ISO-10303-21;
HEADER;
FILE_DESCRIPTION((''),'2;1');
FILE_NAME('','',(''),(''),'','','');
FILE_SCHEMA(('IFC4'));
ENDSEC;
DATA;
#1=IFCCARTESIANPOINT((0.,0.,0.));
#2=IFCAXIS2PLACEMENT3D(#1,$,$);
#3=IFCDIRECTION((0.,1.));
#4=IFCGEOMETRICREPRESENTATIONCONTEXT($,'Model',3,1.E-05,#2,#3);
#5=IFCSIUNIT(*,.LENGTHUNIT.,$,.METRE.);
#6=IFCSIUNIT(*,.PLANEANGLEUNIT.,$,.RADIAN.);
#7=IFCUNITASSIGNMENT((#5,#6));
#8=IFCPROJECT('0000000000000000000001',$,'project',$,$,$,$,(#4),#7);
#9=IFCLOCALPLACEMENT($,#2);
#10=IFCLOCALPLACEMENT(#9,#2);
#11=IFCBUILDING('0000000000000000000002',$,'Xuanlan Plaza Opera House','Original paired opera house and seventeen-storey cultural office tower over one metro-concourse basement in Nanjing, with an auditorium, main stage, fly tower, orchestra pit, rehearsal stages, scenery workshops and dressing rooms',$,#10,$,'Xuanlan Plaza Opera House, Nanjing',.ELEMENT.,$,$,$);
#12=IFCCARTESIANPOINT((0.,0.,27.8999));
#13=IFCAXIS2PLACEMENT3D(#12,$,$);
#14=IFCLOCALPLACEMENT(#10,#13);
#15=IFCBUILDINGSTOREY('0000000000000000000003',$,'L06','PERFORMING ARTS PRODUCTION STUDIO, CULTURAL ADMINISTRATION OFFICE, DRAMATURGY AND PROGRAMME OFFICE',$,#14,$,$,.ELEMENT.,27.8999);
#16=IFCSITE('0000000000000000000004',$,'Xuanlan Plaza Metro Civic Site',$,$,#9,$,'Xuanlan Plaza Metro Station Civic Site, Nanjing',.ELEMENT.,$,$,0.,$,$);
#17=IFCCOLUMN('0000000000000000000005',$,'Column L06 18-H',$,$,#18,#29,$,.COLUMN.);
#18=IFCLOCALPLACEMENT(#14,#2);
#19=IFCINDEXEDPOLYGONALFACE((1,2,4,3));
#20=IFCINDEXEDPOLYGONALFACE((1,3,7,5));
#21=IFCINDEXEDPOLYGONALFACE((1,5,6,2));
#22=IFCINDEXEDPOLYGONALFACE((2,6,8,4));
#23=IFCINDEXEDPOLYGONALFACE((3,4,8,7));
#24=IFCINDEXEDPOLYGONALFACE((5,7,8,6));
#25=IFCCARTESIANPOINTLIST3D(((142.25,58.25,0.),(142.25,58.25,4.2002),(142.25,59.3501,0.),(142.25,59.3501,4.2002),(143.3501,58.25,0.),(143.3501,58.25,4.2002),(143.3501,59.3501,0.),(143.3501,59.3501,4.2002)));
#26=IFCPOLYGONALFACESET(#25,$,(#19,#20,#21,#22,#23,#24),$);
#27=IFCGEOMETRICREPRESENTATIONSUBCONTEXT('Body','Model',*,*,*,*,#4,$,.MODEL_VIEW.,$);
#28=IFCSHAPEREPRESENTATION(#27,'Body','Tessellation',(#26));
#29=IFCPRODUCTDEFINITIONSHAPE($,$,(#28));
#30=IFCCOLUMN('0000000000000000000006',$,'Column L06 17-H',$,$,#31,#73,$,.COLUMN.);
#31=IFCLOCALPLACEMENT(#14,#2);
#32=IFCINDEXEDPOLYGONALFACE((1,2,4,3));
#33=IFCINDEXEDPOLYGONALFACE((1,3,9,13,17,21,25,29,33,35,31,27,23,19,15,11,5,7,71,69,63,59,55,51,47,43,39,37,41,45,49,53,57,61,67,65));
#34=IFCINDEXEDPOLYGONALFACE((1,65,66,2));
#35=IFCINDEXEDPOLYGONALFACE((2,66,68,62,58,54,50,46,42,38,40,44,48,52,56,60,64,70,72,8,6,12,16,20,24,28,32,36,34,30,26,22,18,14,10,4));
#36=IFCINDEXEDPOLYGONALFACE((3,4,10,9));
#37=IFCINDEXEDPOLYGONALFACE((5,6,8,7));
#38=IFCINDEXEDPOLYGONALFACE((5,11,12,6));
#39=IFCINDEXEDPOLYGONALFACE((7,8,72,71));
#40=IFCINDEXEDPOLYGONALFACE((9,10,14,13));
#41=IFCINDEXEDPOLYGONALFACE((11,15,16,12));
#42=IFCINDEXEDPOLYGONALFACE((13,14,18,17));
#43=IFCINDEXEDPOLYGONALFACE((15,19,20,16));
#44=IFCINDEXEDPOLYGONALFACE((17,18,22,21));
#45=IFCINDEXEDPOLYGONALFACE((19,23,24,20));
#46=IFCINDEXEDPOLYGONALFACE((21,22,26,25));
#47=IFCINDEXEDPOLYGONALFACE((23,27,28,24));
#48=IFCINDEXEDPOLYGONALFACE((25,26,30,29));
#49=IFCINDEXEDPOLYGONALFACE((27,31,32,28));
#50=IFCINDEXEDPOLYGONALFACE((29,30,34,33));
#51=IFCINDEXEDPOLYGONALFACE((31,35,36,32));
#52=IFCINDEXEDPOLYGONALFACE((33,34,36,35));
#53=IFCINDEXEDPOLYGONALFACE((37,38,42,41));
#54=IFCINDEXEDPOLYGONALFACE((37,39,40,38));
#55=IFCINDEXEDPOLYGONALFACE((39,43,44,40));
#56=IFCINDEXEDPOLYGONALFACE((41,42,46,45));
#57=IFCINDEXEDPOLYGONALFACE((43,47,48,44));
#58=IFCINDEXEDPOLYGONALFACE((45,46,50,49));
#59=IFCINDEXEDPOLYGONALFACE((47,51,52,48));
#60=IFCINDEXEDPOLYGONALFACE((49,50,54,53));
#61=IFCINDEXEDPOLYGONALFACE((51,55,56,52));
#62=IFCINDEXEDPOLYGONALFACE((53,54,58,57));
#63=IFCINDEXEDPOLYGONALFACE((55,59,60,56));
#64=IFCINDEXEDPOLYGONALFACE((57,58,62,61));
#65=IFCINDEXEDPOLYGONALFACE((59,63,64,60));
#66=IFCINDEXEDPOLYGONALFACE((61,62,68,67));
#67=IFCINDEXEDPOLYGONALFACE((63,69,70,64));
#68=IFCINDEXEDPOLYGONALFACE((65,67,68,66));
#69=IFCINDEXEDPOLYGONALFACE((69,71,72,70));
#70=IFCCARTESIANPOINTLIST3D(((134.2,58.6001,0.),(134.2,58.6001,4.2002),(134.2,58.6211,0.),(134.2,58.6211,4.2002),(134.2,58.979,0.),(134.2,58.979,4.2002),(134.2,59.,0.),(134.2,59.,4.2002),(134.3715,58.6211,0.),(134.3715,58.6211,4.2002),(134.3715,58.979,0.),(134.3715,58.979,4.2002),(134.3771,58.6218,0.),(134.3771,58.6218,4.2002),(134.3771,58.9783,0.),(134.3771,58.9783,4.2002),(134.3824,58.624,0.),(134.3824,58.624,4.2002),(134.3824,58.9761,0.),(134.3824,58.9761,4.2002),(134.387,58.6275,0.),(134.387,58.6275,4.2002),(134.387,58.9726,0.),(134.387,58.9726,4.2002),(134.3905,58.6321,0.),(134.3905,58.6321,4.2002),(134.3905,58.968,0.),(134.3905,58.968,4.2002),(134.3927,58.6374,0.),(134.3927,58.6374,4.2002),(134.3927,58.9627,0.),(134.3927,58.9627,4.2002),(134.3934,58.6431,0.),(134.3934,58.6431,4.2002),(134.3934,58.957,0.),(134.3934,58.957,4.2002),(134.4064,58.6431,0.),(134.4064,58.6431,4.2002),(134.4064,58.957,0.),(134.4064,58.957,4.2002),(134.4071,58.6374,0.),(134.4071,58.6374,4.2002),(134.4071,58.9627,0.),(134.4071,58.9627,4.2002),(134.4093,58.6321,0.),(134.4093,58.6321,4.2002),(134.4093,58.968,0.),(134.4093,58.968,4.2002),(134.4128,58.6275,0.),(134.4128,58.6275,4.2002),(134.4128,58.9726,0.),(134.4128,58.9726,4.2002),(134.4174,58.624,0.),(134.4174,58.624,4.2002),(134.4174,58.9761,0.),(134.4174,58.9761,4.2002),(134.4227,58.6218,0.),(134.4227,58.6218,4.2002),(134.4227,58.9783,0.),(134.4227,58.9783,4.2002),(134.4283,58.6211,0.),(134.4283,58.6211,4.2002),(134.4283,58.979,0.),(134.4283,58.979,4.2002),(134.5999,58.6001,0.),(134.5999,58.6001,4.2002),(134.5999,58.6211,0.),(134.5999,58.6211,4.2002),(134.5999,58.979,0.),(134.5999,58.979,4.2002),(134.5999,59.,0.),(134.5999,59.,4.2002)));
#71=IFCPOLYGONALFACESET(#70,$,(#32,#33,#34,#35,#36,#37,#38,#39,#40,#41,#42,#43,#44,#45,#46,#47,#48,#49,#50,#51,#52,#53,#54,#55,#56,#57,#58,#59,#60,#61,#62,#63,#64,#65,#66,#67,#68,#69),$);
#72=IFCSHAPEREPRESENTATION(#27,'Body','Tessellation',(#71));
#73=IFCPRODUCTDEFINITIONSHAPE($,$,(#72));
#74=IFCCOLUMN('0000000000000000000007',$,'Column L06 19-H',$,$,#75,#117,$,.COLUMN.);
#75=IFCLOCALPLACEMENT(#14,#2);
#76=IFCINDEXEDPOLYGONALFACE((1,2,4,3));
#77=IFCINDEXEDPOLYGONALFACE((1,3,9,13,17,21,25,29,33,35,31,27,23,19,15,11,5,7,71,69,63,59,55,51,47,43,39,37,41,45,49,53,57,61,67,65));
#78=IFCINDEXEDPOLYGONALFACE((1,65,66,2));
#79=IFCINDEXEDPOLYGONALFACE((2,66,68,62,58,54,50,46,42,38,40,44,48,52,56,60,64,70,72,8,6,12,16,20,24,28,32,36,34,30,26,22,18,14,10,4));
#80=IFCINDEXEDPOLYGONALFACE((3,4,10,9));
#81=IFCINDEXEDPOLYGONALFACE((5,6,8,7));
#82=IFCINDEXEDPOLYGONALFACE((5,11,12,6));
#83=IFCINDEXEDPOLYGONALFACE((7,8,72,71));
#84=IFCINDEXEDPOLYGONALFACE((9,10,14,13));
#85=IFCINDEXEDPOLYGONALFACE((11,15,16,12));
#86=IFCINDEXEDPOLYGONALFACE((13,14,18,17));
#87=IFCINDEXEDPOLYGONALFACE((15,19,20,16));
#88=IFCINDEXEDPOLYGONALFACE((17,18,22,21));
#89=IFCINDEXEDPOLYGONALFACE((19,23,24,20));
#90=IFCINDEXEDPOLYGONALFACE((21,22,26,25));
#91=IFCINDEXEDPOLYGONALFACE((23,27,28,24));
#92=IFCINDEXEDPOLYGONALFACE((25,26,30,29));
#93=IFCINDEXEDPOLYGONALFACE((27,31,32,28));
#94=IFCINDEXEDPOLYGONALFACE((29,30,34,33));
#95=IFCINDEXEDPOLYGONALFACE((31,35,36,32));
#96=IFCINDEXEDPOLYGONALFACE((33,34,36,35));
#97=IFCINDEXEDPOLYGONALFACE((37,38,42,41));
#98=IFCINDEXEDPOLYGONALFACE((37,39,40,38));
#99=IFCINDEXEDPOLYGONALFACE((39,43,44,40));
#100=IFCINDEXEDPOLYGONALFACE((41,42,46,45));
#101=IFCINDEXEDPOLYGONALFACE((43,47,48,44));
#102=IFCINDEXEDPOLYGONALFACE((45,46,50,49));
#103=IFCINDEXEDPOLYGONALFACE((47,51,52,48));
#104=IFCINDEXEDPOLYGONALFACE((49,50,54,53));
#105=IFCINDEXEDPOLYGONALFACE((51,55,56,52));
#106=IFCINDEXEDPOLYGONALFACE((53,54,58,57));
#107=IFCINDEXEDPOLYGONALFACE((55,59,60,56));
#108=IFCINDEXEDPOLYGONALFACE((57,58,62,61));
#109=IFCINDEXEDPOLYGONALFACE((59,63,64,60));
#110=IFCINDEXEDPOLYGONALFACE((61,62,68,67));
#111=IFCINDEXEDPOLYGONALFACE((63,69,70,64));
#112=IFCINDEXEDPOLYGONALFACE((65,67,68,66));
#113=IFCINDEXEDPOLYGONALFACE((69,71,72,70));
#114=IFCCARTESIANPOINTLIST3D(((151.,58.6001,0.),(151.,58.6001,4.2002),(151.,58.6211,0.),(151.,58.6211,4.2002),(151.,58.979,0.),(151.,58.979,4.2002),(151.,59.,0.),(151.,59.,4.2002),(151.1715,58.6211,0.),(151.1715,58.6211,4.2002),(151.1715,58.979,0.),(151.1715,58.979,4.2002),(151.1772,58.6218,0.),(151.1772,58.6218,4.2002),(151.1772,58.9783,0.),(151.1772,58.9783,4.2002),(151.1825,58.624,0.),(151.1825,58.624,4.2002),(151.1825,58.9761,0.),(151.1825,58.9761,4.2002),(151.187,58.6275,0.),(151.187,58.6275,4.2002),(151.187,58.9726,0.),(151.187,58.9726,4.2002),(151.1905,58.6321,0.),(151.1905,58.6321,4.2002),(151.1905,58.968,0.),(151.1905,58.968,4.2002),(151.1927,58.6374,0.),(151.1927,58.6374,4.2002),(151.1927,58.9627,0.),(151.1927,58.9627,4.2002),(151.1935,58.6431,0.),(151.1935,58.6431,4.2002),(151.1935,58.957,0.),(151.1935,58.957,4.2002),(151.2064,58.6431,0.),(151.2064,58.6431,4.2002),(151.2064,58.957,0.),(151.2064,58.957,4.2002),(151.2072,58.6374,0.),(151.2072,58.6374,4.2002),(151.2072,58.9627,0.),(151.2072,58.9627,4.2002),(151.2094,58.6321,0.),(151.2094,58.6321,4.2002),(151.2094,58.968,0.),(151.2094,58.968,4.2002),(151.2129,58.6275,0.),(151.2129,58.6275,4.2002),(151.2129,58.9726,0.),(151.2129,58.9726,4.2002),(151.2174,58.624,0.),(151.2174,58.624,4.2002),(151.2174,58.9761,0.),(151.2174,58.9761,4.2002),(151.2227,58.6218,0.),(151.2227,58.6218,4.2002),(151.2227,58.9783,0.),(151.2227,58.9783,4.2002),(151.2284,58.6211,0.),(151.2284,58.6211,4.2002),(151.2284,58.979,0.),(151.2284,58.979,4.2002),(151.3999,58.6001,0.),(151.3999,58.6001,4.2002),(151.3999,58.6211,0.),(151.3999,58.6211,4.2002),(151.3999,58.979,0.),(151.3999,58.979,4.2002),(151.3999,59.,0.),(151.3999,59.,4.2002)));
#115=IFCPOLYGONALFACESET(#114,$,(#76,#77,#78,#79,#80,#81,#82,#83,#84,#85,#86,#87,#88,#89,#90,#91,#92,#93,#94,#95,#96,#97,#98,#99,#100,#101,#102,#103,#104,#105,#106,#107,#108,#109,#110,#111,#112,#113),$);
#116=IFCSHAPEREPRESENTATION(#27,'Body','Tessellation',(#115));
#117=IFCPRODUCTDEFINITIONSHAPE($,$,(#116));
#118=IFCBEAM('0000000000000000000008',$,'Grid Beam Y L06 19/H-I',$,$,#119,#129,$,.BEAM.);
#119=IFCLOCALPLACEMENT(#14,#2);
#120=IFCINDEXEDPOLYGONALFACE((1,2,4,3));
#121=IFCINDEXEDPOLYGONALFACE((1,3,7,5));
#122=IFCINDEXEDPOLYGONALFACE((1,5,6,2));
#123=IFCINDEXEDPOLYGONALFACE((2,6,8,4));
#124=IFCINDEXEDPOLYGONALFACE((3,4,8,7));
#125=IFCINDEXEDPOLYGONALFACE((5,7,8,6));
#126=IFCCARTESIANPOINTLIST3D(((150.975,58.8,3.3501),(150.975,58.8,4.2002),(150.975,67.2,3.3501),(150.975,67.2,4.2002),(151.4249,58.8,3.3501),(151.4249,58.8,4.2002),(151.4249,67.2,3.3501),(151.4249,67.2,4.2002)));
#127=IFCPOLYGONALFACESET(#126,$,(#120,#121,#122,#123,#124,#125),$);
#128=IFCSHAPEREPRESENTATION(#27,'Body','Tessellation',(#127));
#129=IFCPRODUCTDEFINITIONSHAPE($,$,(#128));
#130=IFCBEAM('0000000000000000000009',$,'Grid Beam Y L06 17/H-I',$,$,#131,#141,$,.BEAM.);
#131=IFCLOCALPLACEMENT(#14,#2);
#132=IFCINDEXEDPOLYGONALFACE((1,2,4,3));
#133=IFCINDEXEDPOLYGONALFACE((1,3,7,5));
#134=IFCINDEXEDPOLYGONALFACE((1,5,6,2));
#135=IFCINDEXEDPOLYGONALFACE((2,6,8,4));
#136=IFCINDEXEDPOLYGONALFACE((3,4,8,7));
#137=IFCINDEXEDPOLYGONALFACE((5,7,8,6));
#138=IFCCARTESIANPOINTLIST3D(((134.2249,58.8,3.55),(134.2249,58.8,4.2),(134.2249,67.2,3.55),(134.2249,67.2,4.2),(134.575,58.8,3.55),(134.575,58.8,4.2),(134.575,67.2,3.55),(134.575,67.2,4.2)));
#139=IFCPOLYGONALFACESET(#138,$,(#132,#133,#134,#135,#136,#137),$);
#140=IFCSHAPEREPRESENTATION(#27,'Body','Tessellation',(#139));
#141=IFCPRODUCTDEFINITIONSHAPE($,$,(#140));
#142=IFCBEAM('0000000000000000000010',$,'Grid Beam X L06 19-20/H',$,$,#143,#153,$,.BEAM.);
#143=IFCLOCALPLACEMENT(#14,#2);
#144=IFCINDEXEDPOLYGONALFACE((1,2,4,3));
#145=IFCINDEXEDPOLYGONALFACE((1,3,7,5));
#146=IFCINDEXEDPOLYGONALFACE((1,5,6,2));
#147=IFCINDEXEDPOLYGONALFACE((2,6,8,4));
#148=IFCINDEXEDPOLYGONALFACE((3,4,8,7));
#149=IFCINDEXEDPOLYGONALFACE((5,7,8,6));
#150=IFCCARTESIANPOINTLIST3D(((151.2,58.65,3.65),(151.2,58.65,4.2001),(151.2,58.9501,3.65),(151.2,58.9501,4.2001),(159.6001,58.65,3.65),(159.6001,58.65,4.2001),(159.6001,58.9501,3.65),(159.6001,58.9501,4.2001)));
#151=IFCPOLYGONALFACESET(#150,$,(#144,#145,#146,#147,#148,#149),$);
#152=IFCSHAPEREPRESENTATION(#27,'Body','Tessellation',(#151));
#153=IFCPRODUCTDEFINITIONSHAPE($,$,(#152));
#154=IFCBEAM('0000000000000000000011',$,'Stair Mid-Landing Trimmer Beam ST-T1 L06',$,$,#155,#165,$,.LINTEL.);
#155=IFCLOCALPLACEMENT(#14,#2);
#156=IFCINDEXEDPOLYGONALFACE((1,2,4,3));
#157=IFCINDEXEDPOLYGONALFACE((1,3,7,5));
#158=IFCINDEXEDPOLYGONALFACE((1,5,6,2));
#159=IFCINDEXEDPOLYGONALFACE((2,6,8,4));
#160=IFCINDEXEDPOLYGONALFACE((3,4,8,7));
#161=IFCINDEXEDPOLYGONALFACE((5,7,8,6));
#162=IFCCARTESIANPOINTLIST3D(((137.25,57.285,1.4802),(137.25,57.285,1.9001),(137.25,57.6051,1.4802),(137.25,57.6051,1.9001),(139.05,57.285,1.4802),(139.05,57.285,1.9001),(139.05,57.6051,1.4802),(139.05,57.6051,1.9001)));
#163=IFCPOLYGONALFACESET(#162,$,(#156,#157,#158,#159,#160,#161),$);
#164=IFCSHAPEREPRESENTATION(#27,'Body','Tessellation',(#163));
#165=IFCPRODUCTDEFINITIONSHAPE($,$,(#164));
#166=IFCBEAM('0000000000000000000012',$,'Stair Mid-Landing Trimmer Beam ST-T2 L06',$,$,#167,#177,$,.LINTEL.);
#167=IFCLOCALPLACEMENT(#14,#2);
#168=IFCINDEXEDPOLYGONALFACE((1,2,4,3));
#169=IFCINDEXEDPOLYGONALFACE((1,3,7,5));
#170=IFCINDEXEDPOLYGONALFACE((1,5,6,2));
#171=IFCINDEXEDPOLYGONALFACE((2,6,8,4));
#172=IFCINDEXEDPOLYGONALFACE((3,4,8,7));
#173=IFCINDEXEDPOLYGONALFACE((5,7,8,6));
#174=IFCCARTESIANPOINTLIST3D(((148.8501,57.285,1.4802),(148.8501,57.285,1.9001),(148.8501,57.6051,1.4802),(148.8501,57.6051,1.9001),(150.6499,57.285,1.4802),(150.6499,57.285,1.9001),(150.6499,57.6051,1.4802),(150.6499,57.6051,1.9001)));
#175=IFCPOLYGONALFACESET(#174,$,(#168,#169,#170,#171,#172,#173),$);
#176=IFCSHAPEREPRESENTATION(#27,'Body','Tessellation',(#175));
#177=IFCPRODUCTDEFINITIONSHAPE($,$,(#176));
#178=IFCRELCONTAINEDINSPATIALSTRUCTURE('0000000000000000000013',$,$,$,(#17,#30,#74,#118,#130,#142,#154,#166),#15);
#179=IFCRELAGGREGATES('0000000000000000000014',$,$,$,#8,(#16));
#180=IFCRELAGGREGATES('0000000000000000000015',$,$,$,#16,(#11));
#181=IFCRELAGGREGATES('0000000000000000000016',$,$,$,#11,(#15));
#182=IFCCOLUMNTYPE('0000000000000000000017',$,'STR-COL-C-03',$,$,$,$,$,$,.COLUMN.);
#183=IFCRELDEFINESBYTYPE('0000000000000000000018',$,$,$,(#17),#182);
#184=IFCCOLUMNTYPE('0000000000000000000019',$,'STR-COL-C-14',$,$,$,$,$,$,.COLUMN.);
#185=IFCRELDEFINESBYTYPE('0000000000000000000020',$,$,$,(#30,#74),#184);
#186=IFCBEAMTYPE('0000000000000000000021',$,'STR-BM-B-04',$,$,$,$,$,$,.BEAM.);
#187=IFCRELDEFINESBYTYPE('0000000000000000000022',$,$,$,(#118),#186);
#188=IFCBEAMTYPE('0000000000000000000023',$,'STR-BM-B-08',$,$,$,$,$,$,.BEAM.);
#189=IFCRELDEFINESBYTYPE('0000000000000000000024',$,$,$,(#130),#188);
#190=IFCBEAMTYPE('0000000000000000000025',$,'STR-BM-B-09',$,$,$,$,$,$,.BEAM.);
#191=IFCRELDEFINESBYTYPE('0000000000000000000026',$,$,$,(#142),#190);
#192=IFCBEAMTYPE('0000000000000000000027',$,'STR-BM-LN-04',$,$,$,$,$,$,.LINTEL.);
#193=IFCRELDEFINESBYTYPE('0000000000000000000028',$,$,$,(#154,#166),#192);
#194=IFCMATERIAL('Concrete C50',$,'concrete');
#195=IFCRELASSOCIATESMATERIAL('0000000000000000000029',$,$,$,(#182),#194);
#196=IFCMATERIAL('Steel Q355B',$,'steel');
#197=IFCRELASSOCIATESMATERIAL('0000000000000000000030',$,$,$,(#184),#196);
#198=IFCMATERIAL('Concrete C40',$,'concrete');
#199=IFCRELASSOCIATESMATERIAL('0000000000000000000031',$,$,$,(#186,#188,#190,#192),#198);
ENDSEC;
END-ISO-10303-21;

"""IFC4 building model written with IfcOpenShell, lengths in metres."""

from ifc_helpers import new_model, si_unit, direction, frame, origin, origin_2d, place, context, subcontext, project, spatial, rectangle, i_section, extrude, material, material_profile, profile_set, type_object, element, save


model = new_model("IFC4")

# Units and contexts
model_context = context("Model", 3, precision=1e-05, world=origin(), true_north=direction((0.0, 1.0)))
body_context = subcontext(model_context, "Body", "Model", "MODEL_VIEW")
ifc_project = project(units=[si_unit("LENGTHUNIT", "METRE"), si_unit("PLANEANGLEUNIT", "RADIAN")], contexts=[model_context])

# Site, building, storey
site_placement = place(None, origin())
site = spatial("IfcSite", under=ifc_project, at=site_placement, Name="Xuanlan Plaza Metro Civic Site", LongName="Xuanlan Plaza Metro Station Civic Site, Nanjing", CompositionType="ELEMENT", RefElevation=0.0)
building_placement = place(site_placement, origin())
building = spatial("IfcBuilding", under=site, at=building_placement, Name="Xuanlan Plaza Opera House", Description="Original paired opera house and seventeen-storey cultural office tower over one metro-concourse basement in Nanjing, with an auditorium, main stage, fly tower, orchestra pit, rehearsal stages, scenery workshops and dressing rooms", LongName="Xuanlan Plaza Opera House, Nanjing", CompositionType="ELEMENT")
storey_placement = place(building_placement, frame((0.0, 0.0, 27.8999)))
storey = spatial("IfcBuildingStorey", under=building, at=storey_placement, Name="L06", Description="PERFORMING ARTS PRODUCTION STUDIO, CULTURAL ADMINISTRATION OFFICE, DRAMATURGY AND PROGRAMME OFFICE", CompositionType="ELEMENT", Elevation=27.8999)

# Columns
ifc_material_1 = material(Name="Concrete C50", Category="concrete")
ifc_material_profile_1 = material_profile(ifc_material_1, rectangle(XDim=1.1001, YDim=1.1001, at=origin_2d()), Name="RC-COL 1100x1100")
ifc_profile_set_1 = profile_set([ifc_material_profile_1], Name="Concrete C50")
column_type_1 = type_object("IfcColumnType", Name="STR-COL-C-03", PredefinedType="COLUMN", material=ifc_profile_set_1)
column_placement = place(storey_placement, frame((142.8, 58.8, 0.0), z_axis=(0.0, 0.0, 1.0), x_axis=(1.0, 0.0, 0.0)))
element("IfcColumn", 1, at=column_placement, inside=storey, type_object=column_type_1, Name="Column L06 18-H", PredefinedType="COLUMN", context=body_context, shape_type="SweptSolid", body=[
    extrude(rectangle(XDim=1.1001, YDim=1.1001, at=origin_2d()), origin(), (0.0, 0.0, 1.0), 4.2002),
])
ifc_material_2 = material(Name="Steel Q355B", Category="steel")
ifc_material_profile_2 = material_profile(ifc_material_2, i_section(OverallWidth=0.3999, OverallDepth=0.3999, WebThickness=0.0129, FlangeThickness=0.021, FilletRadius=0.022, at=origin_2d()), Name="HW 400x400x13x21")
ifc_profile_set_2 = profile_set([ifc_material_profile_2], Name="Steel Q355B")
column_type_2 = type_object("IfcColumnType", Name="STR-COL-C-14", PredefinedType="COLUMN", material=ifc_profile_set_2)
for number, where, z_axis, x_axis, name in (
    (2, (134.3999, 58.8, 0.0), (0.0, 0.0, 1.0), (1.0, 0.0, 0.0), "Column L06 17-H"),
    (3, (151.2, 58.8, 0.0), (0.0, 0.0, 1.0), (1.0, 0.0, 0.0), "Column L06 19-H"),
):
    element("IfcColumn", number, at=place(storey_placement, frame(where, z_axis=z_axis, x_axis=x_axis)), inside=storey, type_object=column_type_2, Name=name, PredefinedType="COLUMN", context=body_context, shape_type="SweptSolid", body=[
        extrude(i_section(OverallWidth=0.3999, OverallDepth=0.3999, WebThickness=0.0129, FlangeThickness=0.021, FilletRadius=0.022, at=origin_2d()), origin(), (0.0, 0.0, 1.0), 4.2002),
    ])

# Beams
ifc_material_3 = material(Name="Concrete C40", Category="concrete")
ifc_material_profile_3 = material_profile(ifc_material_3, rectangle(XDim=0.45, YDim=0.8501, at=origin_2d()), Name="RC-BM 450x850")
ifc_profile_set_3 = profile_set([ifc_material_profile_3], Name="Concrete C40")
beam_type_1 = type_object("IfcBeamType", Name="STR-BM-B-04", PredefinedType="BEAM", material=ifc_profile_set_3)
beam_1_placement = place(storey_placement, frame((151.2, 58.8, 3.7751), z_axis=(0.0, 1.0, 0.0), x_axis=(-1.0, 0.0, 0.0)))
element("IfcBeam", 4, at=beam_1_placement, inside=storey, type_object=beam_type_1, Name="Grid Beam Y L06 19/H-I", PredefinedType="BEAM", context=body_context, shape_type="SweptSolid", body=[
    extrude(rectangle(XDim=0.45, YDim=0.8501, at=origin_2d()), origin(), (0.0, 0.0, 1.0), 8.3999),
])
ifc_material_profile_4 = material_profile(ifc_material_3, rectangle(XDim=0.3501, YDim=0.6499, at=origin_2d()), Name="RC-BM 350x650")
ifc_profile_set_4 = profile_set([ifc_material_profile_4], Name="Concrete C40")
beam_type_2 = type_object("IfcBeamType", Name="STR-BM-B-08", PredefinedType="BEAM", material=ifc_profile_set_4)
beam_2_placement = place(storey_placement, frame((134.3999, 58.8, 3.875), z_axis=(0.0, 1.0, 0.0), x_axis=(-1.0, 0.0, 0.0)))
element("IfcBeam", 5, at=beam_2_placement, inside=storey, type_object=beam_type_2, Name="Grid Beam Y L06 17/H-I", PredefinedType="BEAM", context=body_context, shape_type="SweptSolid", body=[
    extrude(rectangle(XDim=0.3501, YDim=0.6499, at=origin_2d()), origin(), (0.0, 0.0, 1.0), 8.3999),
])
ifc_material_profile_5 = material_profile(ifc_material_3, rectangle(XDim=0.3, YDim=0.55, at=origin_2d()), Name="RC-BM 300x550")
ifc_profile_set_5 = profile_set([ifc_material_profile_5], Name="Concrete C40")
beam_type_3 = type_object("IfcBeamType", Name="STR-BM-B-09", PredefinedType="BEAM", material=ifc_profile_set_5)
beam_3_placement = place(storey_placement, frame((151.2, 58.8, 3.925), z_axis=(1.0, 0.0, 0.0), x_axis=(0.0, 1.0, 0.0)))
element("IfcBeam", 6, at=beam_3_placement, inside=storey, type_object=beam_type_3, Name="Grid Beam X L06 19-20/H", PredefinedType="BEAM", context=body_context, shape_type="SweptSolid", body=[
    extrude(rectangle(XDim=0.3, YDim=0.55, at=origin_2d()), origin(), (0.0, 0.0, 1.0), 8.4001),
])
ifc_material_profile_6 = material_profile(ifc_material_3, rectangle(XDim=0.3201, YDim=0.4199, at=origin_2d()), Name="RC-LNT 320x420")
ifc_profile_set_6 = profile_set([ifc_material_profile_6], Name="Concrete C40")
beam_type_4 = type_object("IfcBeamType", Name="STR-BM-LN-04", PredefinedType="LINTEL", material=ifc_profile_set_6)
beam_4_placement = place(storey_placement, frame((137.25, 57.4451, 1.6902), z_axis=(1.0, 0.0, 0.0), x_axis=(0.0, 1.0, 0.0)))
element("IfcBeam", 7, at=beam_4_placement, inside=storey, type_object=beam_type_4, Name="Stair Mid-Landing Trimmer Beam ST-T1 L06", PredefinedType="LINTEL", context=body_context, shape_type="SweptSolid", body=[
    extrude(rectangle(XDim=0.3201, YDim=0.4199, at=origin_2d()), origin(), (0.0, 0.0, 1.0), 1.8),
])
beam_5_placement = place(storey_placement, frame((148.8501, 57.4451, 1.6902), z_axis=(1.0, 0.0, 0.0), x_axis=(0.0, 1.0, 0.0)))
element("IfcBeam", 8, at=beam_5_placement, inside=storey, type_object=beam_type_4, Name="Stair Mid-Landing Trimmer Beam ST-T2 L06", PredefinedType="LINTEL", context=body_context, shape_type="SweptSolid", body=[
    extrude(rectangle(XDim=0.3201, YDim=0.4199, at=origin_2d()), origin(), (0.0, 0.0, 1.0), 1.7998),
])

save(model, "model.ifc")
